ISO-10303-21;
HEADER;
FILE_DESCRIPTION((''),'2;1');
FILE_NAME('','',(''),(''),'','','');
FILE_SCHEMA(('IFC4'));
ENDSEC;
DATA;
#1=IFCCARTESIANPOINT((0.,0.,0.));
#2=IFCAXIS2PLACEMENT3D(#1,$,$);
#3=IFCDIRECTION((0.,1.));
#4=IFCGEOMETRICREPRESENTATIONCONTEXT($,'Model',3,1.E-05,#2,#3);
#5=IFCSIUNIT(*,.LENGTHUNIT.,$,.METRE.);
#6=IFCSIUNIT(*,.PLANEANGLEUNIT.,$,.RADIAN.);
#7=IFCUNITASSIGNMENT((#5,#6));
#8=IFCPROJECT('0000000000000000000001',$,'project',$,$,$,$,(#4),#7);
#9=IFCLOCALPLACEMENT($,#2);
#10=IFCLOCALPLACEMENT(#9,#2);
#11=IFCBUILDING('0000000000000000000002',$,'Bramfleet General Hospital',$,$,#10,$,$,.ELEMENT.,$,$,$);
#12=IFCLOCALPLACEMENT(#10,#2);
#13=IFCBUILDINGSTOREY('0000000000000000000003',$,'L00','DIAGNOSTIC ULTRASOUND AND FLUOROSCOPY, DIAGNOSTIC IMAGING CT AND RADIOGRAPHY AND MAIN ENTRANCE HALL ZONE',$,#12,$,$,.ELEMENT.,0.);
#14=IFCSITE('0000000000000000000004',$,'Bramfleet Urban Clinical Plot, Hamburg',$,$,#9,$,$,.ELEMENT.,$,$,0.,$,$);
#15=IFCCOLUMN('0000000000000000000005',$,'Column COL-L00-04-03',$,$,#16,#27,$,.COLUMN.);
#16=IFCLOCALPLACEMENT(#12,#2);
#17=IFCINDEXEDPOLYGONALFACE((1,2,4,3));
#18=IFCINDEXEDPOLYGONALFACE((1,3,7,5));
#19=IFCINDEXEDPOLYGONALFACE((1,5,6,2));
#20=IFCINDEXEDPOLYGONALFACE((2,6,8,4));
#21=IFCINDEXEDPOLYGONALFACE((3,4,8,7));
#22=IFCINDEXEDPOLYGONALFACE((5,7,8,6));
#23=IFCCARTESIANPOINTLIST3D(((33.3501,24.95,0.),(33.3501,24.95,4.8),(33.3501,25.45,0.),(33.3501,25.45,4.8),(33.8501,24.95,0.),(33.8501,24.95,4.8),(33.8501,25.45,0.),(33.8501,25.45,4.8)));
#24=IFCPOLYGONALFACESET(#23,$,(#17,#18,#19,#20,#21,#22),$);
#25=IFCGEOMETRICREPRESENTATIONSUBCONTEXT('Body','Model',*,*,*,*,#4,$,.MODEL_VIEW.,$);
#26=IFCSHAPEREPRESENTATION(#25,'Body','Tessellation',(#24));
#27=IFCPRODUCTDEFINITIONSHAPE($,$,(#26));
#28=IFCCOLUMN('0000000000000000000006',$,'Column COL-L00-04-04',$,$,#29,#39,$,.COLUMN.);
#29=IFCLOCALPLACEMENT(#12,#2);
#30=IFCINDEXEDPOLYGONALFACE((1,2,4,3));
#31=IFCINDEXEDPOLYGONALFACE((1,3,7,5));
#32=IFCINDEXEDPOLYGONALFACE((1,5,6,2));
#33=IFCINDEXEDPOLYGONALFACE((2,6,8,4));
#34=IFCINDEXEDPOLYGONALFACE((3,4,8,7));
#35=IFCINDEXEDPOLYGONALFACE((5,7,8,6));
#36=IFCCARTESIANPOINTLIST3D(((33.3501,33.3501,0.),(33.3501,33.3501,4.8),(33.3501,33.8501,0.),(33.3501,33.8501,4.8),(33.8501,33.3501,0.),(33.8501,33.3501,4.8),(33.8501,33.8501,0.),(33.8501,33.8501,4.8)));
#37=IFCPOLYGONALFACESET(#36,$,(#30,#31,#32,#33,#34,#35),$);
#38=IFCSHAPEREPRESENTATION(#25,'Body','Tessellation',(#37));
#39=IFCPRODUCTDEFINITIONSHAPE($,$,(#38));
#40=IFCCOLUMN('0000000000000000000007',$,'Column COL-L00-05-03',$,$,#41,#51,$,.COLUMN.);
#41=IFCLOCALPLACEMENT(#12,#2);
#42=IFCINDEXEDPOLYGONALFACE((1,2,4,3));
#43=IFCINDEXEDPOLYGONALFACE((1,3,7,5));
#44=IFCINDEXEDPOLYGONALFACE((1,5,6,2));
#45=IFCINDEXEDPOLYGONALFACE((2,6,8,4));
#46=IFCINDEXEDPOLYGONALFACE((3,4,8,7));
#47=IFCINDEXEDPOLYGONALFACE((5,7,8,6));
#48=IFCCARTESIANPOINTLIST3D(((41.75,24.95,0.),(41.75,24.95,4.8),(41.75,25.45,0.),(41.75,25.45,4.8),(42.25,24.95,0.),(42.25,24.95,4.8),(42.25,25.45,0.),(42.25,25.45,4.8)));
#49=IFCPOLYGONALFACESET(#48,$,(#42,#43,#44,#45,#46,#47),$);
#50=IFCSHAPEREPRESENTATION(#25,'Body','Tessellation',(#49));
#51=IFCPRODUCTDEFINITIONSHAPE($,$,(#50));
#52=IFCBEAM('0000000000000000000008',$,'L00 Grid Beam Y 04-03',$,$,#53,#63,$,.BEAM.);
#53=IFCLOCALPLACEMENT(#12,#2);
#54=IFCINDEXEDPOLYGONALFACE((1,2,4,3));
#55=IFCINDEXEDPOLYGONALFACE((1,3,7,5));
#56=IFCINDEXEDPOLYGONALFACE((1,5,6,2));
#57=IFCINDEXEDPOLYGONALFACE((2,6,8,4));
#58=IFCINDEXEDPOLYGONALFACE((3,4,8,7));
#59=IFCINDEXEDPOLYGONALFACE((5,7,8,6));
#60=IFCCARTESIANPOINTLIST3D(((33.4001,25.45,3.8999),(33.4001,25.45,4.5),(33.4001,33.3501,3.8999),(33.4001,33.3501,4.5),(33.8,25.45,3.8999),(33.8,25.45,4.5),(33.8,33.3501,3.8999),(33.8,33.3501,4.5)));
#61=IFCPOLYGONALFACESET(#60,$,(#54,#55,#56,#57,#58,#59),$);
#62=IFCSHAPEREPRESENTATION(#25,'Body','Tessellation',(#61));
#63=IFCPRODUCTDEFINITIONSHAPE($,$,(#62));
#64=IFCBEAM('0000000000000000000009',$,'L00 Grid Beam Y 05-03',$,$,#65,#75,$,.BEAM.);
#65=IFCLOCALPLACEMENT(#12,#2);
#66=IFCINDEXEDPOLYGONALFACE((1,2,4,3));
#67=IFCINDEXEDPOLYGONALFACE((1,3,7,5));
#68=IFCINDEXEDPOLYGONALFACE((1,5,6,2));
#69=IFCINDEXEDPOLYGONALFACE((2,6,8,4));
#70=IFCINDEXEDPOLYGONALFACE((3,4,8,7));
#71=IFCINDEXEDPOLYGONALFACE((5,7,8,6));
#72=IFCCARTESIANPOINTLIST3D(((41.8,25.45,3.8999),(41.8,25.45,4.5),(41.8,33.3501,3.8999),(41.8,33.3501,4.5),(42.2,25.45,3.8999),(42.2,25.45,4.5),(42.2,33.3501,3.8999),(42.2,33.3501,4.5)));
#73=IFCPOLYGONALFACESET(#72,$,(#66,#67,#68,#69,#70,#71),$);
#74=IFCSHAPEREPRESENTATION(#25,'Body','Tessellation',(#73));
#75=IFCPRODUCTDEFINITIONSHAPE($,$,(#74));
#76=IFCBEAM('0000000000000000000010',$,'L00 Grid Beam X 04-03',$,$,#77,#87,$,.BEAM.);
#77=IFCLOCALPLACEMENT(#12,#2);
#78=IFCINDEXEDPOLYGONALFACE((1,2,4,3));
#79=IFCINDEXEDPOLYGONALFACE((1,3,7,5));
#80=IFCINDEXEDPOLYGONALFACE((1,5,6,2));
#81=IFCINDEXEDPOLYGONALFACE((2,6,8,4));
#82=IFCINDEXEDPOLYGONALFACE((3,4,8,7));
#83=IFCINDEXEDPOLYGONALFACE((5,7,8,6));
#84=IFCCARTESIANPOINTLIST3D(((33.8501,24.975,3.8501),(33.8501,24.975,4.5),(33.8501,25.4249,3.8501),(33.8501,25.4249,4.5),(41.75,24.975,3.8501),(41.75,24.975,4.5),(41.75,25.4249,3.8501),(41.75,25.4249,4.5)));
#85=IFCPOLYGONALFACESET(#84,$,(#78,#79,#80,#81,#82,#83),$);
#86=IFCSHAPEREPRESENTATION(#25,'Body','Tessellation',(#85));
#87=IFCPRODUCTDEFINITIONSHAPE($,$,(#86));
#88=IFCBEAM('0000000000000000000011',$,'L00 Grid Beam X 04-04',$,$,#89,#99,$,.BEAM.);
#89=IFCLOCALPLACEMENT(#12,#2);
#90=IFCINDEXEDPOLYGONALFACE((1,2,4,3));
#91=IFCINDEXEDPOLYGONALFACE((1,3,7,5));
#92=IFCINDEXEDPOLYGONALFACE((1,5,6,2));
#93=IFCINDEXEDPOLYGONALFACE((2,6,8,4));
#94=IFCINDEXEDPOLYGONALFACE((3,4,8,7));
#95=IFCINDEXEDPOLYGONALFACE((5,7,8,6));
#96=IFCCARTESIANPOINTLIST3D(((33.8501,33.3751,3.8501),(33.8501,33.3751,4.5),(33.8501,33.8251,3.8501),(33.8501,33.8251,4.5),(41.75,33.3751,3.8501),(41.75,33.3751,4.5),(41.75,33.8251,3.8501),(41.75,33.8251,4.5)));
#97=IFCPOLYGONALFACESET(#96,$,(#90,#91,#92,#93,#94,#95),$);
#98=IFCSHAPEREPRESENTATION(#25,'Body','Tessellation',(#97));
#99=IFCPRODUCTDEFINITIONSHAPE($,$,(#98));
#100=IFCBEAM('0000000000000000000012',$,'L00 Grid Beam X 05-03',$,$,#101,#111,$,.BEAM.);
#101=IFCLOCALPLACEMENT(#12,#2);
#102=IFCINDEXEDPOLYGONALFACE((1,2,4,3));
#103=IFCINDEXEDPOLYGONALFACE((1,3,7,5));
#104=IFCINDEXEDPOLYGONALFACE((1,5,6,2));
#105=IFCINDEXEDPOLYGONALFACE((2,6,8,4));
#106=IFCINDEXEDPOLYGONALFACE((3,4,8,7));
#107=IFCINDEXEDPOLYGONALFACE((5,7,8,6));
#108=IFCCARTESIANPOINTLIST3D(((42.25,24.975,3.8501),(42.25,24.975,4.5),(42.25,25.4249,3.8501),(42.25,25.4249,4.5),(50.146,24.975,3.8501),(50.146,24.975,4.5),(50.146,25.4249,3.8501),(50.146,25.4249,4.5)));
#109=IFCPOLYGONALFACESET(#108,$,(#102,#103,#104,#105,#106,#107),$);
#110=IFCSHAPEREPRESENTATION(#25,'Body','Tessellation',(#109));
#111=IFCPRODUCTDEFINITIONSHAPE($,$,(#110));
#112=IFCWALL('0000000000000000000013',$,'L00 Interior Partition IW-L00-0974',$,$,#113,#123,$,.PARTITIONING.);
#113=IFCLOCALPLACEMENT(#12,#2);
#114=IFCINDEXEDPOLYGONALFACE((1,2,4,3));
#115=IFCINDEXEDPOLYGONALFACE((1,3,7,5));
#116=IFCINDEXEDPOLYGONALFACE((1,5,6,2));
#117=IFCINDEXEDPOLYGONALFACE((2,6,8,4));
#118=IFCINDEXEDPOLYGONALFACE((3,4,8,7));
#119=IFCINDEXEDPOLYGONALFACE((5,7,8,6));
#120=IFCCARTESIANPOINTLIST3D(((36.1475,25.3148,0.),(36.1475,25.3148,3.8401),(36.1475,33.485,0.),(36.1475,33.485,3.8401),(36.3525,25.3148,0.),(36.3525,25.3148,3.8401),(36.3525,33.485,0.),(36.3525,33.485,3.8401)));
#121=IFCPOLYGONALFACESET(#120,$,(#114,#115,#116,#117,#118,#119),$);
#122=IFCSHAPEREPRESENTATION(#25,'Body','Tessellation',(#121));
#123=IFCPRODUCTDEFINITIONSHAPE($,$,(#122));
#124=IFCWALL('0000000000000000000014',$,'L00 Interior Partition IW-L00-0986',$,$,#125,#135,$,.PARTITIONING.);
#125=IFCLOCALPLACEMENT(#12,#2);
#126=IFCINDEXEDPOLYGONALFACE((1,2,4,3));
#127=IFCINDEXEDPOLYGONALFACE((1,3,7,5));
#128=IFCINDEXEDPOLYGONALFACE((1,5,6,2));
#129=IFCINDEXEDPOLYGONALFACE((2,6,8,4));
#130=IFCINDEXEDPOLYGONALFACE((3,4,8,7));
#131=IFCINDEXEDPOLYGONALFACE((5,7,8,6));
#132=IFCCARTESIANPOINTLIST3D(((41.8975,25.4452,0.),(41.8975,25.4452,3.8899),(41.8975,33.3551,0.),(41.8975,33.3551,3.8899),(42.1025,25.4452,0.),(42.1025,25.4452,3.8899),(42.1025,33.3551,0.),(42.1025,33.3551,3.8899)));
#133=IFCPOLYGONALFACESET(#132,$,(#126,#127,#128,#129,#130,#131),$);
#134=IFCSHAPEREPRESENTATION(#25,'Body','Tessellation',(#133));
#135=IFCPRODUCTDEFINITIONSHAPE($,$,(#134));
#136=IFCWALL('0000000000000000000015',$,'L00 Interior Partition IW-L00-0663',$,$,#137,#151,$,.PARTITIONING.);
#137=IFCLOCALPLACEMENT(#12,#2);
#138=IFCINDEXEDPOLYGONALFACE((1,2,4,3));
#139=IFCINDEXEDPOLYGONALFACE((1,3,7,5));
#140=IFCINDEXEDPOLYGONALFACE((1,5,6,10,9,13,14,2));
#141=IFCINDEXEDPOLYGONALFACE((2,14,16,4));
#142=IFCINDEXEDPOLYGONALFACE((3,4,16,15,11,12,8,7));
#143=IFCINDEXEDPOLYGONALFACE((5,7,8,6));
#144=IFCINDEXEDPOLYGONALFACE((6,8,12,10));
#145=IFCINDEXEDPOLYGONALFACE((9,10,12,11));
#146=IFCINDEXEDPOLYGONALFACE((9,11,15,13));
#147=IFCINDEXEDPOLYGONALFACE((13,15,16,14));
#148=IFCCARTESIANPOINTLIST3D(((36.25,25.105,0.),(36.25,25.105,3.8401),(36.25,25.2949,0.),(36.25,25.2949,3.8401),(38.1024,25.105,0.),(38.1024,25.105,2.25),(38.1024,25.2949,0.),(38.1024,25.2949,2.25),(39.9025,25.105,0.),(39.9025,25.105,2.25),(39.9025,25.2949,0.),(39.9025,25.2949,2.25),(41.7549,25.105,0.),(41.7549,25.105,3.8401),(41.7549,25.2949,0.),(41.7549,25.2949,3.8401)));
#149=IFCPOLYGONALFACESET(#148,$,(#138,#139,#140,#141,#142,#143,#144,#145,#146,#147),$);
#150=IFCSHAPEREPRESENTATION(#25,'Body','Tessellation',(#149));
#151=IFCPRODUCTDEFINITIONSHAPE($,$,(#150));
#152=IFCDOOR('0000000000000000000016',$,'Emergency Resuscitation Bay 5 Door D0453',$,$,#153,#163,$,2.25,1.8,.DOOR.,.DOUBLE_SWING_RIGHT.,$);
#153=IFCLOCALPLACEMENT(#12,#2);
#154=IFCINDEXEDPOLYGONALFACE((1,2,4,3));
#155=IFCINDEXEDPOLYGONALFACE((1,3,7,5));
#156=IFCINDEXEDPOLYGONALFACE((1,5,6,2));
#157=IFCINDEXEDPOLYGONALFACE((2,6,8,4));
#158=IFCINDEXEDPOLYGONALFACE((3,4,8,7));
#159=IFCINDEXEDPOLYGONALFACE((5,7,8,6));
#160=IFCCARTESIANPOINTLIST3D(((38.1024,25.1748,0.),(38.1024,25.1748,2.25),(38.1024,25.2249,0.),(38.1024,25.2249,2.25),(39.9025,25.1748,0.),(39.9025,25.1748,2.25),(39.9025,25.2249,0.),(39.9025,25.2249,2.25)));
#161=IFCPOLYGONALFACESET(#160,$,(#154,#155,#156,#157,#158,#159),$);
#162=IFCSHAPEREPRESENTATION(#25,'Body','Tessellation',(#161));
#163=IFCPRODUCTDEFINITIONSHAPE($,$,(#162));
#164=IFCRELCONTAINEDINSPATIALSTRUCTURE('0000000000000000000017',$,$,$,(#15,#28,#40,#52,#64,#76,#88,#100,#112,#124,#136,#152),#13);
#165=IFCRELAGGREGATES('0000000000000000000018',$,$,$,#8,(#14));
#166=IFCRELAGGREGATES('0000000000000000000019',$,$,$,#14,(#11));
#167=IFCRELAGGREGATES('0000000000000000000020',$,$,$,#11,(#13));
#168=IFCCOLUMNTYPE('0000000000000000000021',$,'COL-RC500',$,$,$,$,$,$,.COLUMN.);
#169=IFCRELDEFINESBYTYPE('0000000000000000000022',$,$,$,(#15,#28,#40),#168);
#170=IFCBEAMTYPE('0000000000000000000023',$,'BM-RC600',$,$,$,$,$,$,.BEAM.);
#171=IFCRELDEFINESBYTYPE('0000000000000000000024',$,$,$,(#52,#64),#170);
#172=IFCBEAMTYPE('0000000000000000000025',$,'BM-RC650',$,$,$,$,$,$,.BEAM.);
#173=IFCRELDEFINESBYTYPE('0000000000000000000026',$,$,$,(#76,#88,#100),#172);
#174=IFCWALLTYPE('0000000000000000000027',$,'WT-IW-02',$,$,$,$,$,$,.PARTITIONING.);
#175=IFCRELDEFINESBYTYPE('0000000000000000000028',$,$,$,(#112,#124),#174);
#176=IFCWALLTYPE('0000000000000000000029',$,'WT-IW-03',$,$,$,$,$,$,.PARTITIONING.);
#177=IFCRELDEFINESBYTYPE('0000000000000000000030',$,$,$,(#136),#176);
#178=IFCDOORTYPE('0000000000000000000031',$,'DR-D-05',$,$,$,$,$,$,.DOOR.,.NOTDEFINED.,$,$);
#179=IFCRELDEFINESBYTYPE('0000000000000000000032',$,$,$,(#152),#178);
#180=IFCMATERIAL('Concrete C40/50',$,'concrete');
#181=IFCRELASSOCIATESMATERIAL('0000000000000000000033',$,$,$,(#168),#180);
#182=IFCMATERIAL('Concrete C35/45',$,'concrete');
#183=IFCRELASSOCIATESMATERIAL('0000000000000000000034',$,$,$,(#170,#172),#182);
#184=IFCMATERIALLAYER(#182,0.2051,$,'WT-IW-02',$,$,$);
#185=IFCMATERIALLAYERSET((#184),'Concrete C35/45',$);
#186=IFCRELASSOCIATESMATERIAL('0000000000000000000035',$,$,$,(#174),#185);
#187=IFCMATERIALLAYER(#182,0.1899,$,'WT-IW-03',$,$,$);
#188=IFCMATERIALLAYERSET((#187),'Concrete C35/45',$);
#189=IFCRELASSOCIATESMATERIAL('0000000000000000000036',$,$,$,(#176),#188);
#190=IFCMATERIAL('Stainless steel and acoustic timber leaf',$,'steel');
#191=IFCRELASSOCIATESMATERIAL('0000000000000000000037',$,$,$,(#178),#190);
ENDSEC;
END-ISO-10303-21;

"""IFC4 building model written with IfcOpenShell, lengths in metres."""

from ifc_helpers import new_model, si_unit, direction, frame, frame_2d, origin, origin_2d, place, context, subcontext, project, spatial, rectangle, extrude, material, layer, layer_set, material_profile, profile_set, type_object, element, fill, save


model = new_model("IFC4")

# Units and contexts
model_context = context("Model", 3, precision=1e-05, world=origin(), true_north=direction((0.0, 1.0)))
body_context = subcontext(model_context, "Body", "Model", "MODEL_VIEW")
ifc_project = project(units=[si_unit("LENGTHUNIT", "METRE"), si_unit("PLANEANGLEUNIT", "RADIAN")], contexts=[model_context])

# Site, building, storey
site_placement = place(None, origin())
site = spatial("IfcSite", under=ifc_project, at=site_placement, Name="Bramfleet Urban Clinical Plot, Hamburg", CompositionType="ELEMENT", RefElevation=0.0)
building_placement = place(site_placement, origin())
building = spatial("IfcBuilding", under=site, at=building_placement, Name="Bramfleet General Hospital", CompositionType="ELEMENT")
storey_placement = place(building_placement, origin())
storey = spatial("IfcBuildingStorey", under=building, at=storey_placement, Name="L00", Description="DIAGNOSTIC ULTRASOUND AND FLUOROSCOPY, DIAGNOSTIC IMAGING CT AND RADIOGRAPHY AND MAIN ENTRANCE HALL ZONE", CompositionType="ELEMENT", Elevation=0.0)

# Columns
ifc_material_1 = material(Name="Concrete C40/50", Category="concrete")
ifc_material_profile_1 = material_profile(ifc_material_1, rectangle(XDim=0.5, YDim=0.5, at=origin_2d()), Name="RC COL 500x500")
ifc_profile_set_1 = profile_set([ifc_material_profile_1], Name="Concrete C40/50")
column_type = type_object("IfcColumnType", Name="COL-RC500", PredefinedType="COLUMN", material=ifc_profile_set_1)
for number, where, z_axis, x_axis, name in (
    (1, (33.6001, 25.2, 0.0), (0.0, 0.0, 1.0), (1.0, 0.0, 0.0), "Column COL-L00-04-03"),
    (2, (33.6001, 33.6001, 0.0), (0.0, 0.0, 1.0), (1.0, 0.0, 0.0), "Column COL-L00-04-04"),
    (3, (42.0, 25.2, 0.0), (0.0, 0.0, 1.0), (1.0, 0.0, 0.0), "Column COL-L00-05-03"),
):
    element("IfcColumn", number, at=place(storey_placement, frame(where, z_axis=z_axis, x_axis=x_axis)), inside=storey, type_object=column_type, Name=name, PredefinedType="COLUMN", context=body_context, shape_type="SweptSolid", body=[
        extrude(rectangle(XDim=0.5, YDim=0.5, at=origin_2d()), origin(), (0.0, 0.0, 1.0), 4.8),
    ])

# Beams
ifc_material_2 = material(Name="Concrete C35/45", Category="concrete")
ifc_material_profile_2 = material_profile(ifc_material_2, rectangle(XDim=0.3999, YDim=0.6001, at=origin_2d()), Name="RC BM 600x400")
ifc_profile_set_2 = profile_set([ifc_material_profile_2], Name="Concrete C35/45")
beam_type_1 = type_object("IfcBeamType", Name="BM-RC600", PredefinedType="BEAM", material=ifc_profile_set_2)
for number, where, z_axis, x_axis, name in (
    (4, (33.6001, 25.45, 4.2), (0.0, 1.0, 0.0), (-1.0, 0.0, 0.0), "L00 Grid Beam Y 04-03"),
    (5, (42.0, 25.45, 4.2), (0.0, 1.0, 0.0), (-1.0, 0.0, 0.0), "L00 Grid Beam Y 05-03"),
):
    element("IfcBeam", number, at=place(storey_placement, frame(where, z_axis=z_axis, x_axis=x_axis)), inside=storey, type_object=beam_type_1, Name=name, PredefinedType="BEAM", context=body_context, shape_type="SweptSolid", body=[
        extrude(rectangle(XDim=0.3999, YDim=0.6001, at=origin_2d()), origin(), (0.0, 0.0, 1.0), 7.9001),
    ])
ifc_material_profile_3 = material_profile(ifc_material_2, rectangle(XDim=0.45, YDim=0.6499, at=origin_2d()), Name="RC BM 650x450")
ifc_profile_set_3 = profile_set([ifc_material_profile_3], Name="Concrete C35/45")
beam_type_2 = type_object("IfcBeamType", Name="BM-RC650", PredefinedType="BEAM", material=ifc_profile_set_3)
for number, where, z_axis, x_axis, name in (
    (6, (33.8501, 25.2, 4.175), (1.0, 0.0, 0.0), (0.0, 1.0, 0.0), "L00 Grid Beam X 04-03"),
    (7, (33.8501, 33.6001, 4.175), (1.0, 0.0, 0.0), (0.0, 1.0, 0.0), "L00 Grid Beam X 04-04"),
):
    element("IfcBeam", number, at=place(storey_placement, frame(where, z_axis=z_axis, x_axis=x_axis)), inside=storey, type_object=beam_type_2, Name=name, PredefinedType="BEAM", context=body_context, shape_type="SweptSolid", body=[
        extrude(rectangle(XDim=0.45, YDim=0.6499, at=origin_2d()), origin(), (0.0, 0.0, 1.0), 7.8999),
    ])
beam_placement = place(storey_placement, frame((42.25, 25.2, 4.175), z_axis=(1.0, 0.0, 0.0), x_axis=(0.0, 1.0, 0.0)))
element("IfcBeam", 8, at=beam_placement, inside=storey, type_object=beam_type_2, Name="L00 Grid Beam X 05-03", PredefinedType="BEAM", context=body_context, shape_type="SweptSolid", body=[
    extrude(rectangle(XDim=0.45, YDim=0.6499, at=origin_2d()), origin(), (0.0, 0.0, 1.0), 7.896),
])

# Walls
ifc_layer_1 = layer(ifc_material_2, 0.2051, Name="WT-IW-02")
ifc_layer_set_1 = layer_set([ifc_layer_1], Name="Concrete C35/45")
wall_type_1 = type_object("IfcWallType", Name="WT-IW-02", PredefinedType="PARTITIONING", material=ifc_layer_set_1)
wall_1_placement = place(storey_placement, frame((36.25, 25.3149, 0.0), z_axis=(0.0, 0.0, 1.0), x_axis=(0.0, 1.0, 0.0)))
element("IfcWall", 9, at=wall_1_placement, inside=storey, type_object=wall_type_1, Name="L00 Interior Partition IW-L00-0974", PredefinedType="PARTITIONING", context=body_context, shape_type="SweptSolid", body=[
    extrude(rectangle(XDim=8.1702, YDim=0.2051, at=frame_2d((4.085, 0.0))), origin(), (0.0, 0.0, 1.0), 3.8401),
])
wall_2_placement = place(storey_placement, frame((42.0, 25.4451, 0.0), z_axis=(0.0, 0.0, 1.0), x_axis=(0.0, 1.0, 0.0)))
element("IfcWall", 10, at=wall_2_placement, inside=storey, type_object=wall_type_1, Name="L00 Interior Partition IW-L00-0986", PredefinedType="PARTITIONING", context=body_context, shape_type="SweptSolid", body=[
    extrude(rectangle(XDim=7.9099, YDim=0.2051, at=frame_2d((3.9551, 0.0))), origin(), (0.0, 0.0, 1.0), 3.8899),
])

# Wall, opening, door
ifc_layer_2 = layer(ifc_material_2, 0.1899, Name="WT-IW-03")
ifc_layer_set_2 = layer_set([ifc_layer_2], Name="Concrete C35/45")
wall_type_2 = type_object("IfcWallType", Name="WT-IW-03", PredefinedType="PARTITIONING", material=ifc_layer_set_2)
wall_3_placement = place(storey_placement, frame((36.25, 25.2, 0.0), z_axis=(0.0, 0.0, 1.0), x_axis=(1.0, 0.0, 0.0)))
wall_3 = element("IfcWall", 11, at=wall_3_placement, inside=storey, type_object=wall_type_2, Name="L00 Interior Partition IW-L00-0663", PredefinedType="PARTITIONING", context=body_context, shape_type="SweptSolid", body=[
    extrude(rectangle(XDim=5.5049, YDim=0.1899, at=frame_2d((2.7524, 0.0))), origin(), (0.0, 0.0, 1.0), 3.8401),
])
opening_1_placement = place(wall_3_placement, frame((1.8525, 0.0, 0.0)))
opening_1 = element("IfcOpeningElement", 12, at=opening_1_placement, cuts=wall_3, PredefinedType="OPENING", context=body_context, shape_type="SweptSolid", body=[
    extrude(rectangle(XDim=1.8, YDim=2.25, at=frame_2d((0.8999, 1.125))), frame((0.0, 0.105, 0.0), z_axis=(0.0, -1.0, 0.0), x_axis=(1.0, 0.0, 0.0)), (0.0, 0.0, 1.0), 0.21),
])
ifc_material_3 = material(Name="Stainless steel and acoustic timber leaf", Category="steel")
door_type_1 = type_object("IfcDoorType", Name="DR-D-05", OperationType="NOTDEFINED", PredefinedType="DOOR", material=ifc_material_3)
door_1_placement = place(opening_1_placement, origin())
door_1 = element("IfcDoor", 13, at=door_1_placement, inside=storey, type_object=door_type_1, Name="Emergency Resuscitation Bay 5 Door D0453", OperationType="DOUBLE_SWING_RIGHT", OverallHeight=2.25, OverallWidth=1.8, PredefinedType="DOOR", context=body_context, shape_type="SweptSolid", body=[
    extrude(rectangle(XDim=1.8, YDim=2.25, at=frame_2d((0.8999, 1.125))), frame((0.0, 0.0249, 0.0), z_axis=(0.0, -1.0, 0.0), x_axis=(1.0, 0.0, 0.0)), (0.0, 0.0, 1.0), 0.05),
])
fill(opening_1, door_1)

save(model, "model.ifc")
